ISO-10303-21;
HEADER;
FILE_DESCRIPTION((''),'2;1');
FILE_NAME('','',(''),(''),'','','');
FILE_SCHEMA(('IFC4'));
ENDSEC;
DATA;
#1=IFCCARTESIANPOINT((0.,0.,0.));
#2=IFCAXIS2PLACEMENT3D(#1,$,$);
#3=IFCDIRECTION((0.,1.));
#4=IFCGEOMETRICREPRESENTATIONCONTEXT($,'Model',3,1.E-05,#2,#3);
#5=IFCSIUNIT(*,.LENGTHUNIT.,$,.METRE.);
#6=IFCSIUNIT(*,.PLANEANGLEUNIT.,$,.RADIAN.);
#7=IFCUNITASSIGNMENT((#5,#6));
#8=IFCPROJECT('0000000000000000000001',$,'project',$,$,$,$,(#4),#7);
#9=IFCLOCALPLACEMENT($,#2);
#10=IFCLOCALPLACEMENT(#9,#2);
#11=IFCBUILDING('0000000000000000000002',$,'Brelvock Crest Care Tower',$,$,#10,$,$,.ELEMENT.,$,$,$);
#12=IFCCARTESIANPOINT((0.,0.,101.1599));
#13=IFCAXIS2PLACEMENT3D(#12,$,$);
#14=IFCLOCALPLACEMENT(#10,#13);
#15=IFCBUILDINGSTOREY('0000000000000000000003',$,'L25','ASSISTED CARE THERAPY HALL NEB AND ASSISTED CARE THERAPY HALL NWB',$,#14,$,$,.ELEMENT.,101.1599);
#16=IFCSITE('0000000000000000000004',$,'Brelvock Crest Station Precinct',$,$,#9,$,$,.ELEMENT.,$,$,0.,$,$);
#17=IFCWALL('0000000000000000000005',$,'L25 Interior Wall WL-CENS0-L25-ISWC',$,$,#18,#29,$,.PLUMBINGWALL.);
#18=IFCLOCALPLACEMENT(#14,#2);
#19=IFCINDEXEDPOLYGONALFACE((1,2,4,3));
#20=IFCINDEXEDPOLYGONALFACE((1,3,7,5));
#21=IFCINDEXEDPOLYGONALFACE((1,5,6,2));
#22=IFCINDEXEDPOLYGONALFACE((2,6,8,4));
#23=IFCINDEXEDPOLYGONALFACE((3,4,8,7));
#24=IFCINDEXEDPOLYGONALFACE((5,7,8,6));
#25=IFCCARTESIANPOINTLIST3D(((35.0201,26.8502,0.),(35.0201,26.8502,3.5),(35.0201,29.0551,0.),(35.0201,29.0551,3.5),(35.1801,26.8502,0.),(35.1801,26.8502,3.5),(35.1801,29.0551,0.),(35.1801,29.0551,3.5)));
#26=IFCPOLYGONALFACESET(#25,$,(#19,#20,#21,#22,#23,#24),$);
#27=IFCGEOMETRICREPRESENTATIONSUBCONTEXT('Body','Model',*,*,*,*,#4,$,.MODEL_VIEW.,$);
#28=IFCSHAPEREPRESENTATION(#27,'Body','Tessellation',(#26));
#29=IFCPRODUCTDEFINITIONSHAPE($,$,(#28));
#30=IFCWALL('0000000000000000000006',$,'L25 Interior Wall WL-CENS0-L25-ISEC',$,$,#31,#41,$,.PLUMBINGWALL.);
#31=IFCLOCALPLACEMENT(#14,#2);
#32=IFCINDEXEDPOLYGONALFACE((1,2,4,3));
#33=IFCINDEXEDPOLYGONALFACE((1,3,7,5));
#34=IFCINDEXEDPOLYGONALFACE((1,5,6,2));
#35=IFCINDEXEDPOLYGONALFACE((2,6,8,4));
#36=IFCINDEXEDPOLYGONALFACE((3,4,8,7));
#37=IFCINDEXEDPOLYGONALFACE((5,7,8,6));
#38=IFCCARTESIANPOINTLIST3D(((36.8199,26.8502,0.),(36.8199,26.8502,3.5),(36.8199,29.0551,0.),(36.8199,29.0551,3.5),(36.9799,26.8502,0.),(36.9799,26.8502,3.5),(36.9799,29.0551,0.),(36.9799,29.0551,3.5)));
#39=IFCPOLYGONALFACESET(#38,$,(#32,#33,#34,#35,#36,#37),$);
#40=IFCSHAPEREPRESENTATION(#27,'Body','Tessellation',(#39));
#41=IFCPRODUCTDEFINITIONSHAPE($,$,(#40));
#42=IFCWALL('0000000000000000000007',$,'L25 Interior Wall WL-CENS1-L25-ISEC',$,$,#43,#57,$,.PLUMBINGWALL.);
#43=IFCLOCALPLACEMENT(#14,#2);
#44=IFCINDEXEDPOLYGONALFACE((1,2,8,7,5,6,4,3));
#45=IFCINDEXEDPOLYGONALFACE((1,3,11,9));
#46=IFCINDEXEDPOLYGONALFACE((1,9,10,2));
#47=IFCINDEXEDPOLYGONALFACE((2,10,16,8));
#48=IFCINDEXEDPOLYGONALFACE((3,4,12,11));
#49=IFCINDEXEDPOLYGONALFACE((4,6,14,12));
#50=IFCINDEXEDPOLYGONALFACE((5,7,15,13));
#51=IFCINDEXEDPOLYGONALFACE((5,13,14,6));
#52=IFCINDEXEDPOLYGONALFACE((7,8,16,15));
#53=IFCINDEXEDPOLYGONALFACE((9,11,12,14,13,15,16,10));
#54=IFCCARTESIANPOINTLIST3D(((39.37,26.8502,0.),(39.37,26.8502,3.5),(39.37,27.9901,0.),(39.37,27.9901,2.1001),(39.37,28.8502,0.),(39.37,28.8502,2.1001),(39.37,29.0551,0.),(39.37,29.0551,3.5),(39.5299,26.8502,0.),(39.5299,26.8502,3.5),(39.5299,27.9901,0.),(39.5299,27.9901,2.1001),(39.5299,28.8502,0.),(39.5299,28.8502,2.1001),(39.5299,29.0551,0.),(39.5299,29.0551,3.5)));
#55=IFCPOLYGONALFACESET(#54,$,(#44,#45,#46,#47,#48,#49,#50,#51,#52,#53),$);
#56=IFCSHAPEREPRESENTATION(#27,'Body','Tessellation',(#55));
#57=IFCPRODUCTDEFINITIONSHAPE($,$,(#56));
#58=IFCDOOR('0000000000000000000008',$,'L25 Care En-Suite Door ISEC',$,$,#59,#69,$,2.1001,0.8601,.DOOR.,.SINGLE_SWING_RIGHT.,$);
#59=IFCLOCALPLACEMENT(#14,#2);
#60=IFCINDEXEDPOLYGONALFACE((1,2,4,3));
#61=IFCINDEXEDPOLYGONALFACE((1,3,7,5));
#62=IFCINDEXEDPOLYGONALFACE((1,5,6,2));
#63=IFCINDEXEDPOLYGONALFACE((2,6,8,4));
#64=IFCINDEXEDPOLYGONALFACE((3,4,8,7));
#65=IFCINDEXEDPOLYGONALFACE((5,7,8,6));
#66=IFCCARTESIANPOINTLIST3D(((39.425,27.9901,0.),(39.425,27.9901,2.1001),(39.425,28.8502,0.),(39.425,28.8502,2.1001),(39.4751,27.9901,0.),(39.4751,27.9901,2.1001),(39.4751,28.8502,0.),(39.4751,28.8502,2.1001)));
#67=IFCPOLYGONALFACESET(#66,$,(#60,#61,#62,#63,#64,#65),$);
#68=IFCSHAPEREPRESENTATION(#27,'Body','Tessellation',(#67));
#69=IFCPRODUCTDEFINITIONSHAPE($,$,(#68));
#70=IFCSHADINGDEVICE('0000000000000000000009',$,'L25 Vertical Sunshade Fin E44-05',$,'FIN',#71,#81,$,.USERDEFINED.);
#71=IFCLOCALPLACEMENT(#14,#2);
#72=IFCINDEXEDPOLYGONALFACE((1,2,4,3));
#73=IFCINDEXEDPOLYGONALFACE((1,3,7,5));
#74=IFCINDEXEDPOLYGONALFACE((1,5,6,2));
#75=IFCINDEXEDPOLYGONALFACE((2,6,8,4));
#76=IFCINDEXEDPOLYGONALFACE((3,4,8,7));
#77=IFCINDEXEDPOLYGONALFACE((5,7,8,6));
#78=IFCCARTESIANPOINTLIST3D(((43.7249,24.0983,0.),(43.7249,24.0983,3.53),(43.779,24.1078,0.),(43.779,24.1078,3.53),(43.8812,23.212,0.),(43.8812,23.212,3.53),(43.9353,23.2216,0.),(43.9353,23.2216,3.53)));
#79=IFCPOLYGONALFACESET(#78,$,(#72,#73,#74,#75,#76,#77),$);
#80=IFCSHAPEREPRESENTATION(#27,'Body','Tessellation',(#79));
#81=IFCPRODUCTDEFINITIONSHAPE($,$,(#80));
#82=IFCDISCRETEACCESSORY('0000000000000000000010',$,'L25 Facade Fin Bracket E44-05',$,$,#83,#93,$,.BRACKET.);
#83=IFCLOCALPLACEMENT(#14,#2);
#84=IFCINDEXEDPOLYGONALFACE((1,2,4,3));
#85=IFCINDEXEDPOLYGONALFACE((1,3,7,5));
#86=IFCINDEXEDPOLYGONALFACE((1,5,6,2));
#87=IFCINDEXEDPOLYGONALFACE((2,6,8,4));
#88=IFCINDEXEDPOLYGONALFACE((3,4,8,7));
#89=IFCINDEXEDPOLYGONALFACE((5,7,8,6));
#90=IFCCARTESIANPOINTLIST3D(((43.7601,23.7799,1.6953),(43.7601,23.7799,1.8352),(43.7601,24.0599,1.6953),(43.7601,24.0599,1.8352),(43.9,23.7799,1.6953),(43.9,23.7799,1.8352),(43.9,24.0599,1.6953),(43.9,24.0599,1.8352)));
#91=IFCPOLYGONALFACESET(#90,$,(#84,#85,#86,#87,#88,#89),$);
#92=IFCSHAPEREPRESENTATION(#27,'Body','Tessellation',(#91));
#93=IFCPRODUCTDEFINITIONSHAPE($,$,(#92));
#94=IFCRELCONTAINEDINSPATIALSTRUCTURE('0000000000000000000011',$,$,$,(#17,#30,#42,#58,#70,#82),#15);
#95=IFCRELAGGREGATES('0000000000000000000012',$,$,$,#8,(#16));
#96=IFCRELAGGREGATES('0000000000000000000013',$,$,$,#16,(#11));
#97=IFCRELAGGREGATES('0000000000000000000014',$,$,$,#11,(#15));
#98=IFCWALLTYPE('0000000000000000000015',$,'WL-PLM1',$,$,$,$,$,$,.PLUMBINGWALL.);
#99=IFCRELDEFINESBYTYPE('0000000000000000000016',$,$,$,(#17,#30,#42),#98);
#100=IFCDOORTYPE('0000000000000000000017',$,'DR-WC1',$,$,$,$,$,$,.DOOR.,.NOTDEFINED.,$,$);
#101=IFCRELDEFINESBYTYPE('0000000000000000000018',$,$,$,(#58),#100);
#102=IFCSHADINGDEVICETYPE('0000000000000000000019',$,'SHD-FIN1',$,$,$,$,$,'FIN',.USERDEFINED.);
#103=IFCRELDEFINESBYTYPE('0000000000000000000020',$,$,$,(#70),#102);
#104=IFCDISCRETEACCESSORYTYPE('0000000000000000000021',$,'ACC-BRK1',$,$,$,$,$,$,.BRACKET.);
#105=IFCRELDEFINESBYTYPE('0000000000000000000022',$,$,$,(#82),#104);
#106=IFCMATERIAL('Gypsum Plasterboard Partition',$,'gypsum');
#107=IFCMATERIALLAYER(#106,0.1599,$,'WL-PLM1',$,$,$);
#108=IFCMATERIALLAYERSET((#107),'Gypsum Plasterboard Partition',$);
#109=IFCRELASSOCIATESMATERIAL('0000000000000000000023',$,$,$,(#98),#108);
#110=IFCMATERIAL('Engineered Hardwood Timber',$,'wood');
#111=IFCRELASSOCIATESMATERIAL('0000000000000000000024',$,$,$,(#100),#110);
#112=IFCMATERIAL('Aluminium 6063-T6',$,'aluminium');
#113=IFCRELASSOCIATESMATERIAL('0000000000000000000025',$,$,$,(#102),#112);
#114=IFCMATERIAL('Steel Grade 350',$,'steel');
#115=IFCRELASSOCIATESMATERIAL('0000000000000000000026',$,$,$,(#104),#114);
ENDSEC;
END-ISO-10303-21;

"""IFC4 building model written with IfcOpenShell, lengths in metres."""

from ifc_helpers import new_model, si_unit, direction, frame, frame_2d, origin, origin_2d, place, context, subcontext, project, spatial, rectangle, extrude, source, transform, mapped, material, layer, layer_set, material_profile, profile_set, type_object, element, fill, save


model = new_model("IFC4")

# Units and contexts
model_context = context("Model", 3, precision=1e-05, world=origin(), true_north=direction((0.0, 1.0)))
body_context = subcontext(model_context, "Body", "Model", "MODEL_VIEW")
ifc_project = project(units=[si_unit("LENGTHUNIT", "METRE"), si_unit("PLANEANGLEUNIT", "RADIAN")], contexts=[model_context])

# Site, building, storey
site_placement = place(None, origin())
site = spatial("IfcSite", under=ifc_project, at=site_placement, Name="Brelvock Crest Station Precinct", CompositionType="ELEMENT", RefElevation=0.0)
building_placement = place(site_placement, origin())
building = spatial("IfcBuilding", under=site, at=building_placement, Name="Brelvock Crest Care Tower", CompositionType="ELEMENT")
storey_placement = place(building_placement, frame((0.0, 0.0, 101.1599)))
storey = spatial("IfcBuildingStorey", under=building, at=storey_placement, Name="L25", Description="ASSISTED CARE THERAPY HALL NEB AND ASSISTED CARE THERAPY HALL NWB", CompositionType="ELEMENT", Elevation=101.1599)

# Shared definitions
ifc_material_1 = material(Name="Steel Grade 350", Category="steel")

# Shared definitions
ifc_material_2 = material(Name="Aluminium 6063-T6", Category="aluminium")

# Shared definitions
ifc_material_3 = material(Name="Engineered Hardwood Timber", Category="wood")

# Shared definitions
ifc_material_4 = material(Name="Gypsum Plasterboard Partition", Category="gypsum")
ifc_layer_1 = layer(ifc_material_4, 0.1599, Name="WL-PLM1")
ifc_layer_set_1 = layer_set([ifc_layer_1], Name="Gypsum Plasterboard Partition")
wall_type_1 = type_object("IfcWallType", Name="WL-PLM1", PredefinedType="PLUMBINGWALL", material=ifc_layer_set_1)

# Shared definitions
door_type_1 = type_object("IfcDoorType", Name="DR-WC1", OperationType="NOTDEFINED", PredefinedType="DOOR", material=ifc_material_3)
shared_shape_1 = source(origin(), body_context, "Body", "SweptSolid", [
    extrude(rectangle(XDim=0.8601, YDim=2.1001, at=origin_2d()), frame((0.4302, 0.0249, 1.05), z_axis=(0.0, -1.0, 0.0), x_axis=(1.0, 0.0, 0.0)), (0.0, 0.0, 1.0), 0.05),
])

# Walls
for number, where, z_axis, x_axis, name in (
    (1, (35.1001, 26.8501, 0.0), (0.0, 0.0, 1.0), (0.0, 1.0, 0.0), "L25 Interior Wall WL-CENS0-L25-ISWC"),
    (2, (36.8999, 26.8501, 0.0), (0.0, 0.0, 1.0), (0.0, 1.0, 0.0), "L25 Interior Wall WL-CENS0-L25-ISEC"),
):
    element("IfcWall", number, at=place(storey_placement, frame(where, z_axis=z_axis, x_axis=x_axis)), inside=storey, type_object=wall_type_1, Name=name, PredefinedType="PLUMBINGWALL", context=body_context, shape_type="SweptSolid", body=[
        extrude(rectangle(XDim=2.2048, YDim=0.1599, at=frame_2d((1.1025, 0.0))), origin(), (0.0, 0.0, 1.0), 3.5),
    ])

# Wall, opening, door
wall_1_placement = place(storey_placement, frame((39.45, 26.8501, 0.0), z_axis=(0.0, 0.0, 1.0), x_axis=(0.0, 1.0, 0.0)))
wall_1 = element("IfcWall", 3, at=wall_1_placement, inside=storey, type_object=wall_type_1, Name="L25 Interior Wall WL-CENS1-L25-ISEC", PredefinedType="PLUMBINGWALL", context=body_context, shape_type="SweptSolid", body=[
    extrude(rectangle(XDim=2.2048, YDim=0.1599, at=frame_2d((1.1025, 0.0))), origin(), (0.0, 0.0, 1.0), 3.5),
])
opening_1_placement = place(wall_1_placement, frame((1.1399, 0.0, 0.0)))
opening_1 = element("IfcOpeningElement", 4, at=opening_1_placement, cuts=wall_1, PredefinedType="OPENING", context=body_context, shape_type="SweptSolid", body=[
    extrude(rectangle(XDim=0.8601, YDim=2.1001, at=origin_2d()), frame((0.4302, 0.0898, 1.05), z_axis=(0.0, -1.0, 0.0), x_axis=(1.0, 0.0, 0.0)), (0.0, 0.0, 1.0), 0.1799),
])
door_1_placement = place(opening_1_placement, origin())
door_1 = element("IfcDoor", 5, at=door_1_placement, inside=storey, type_object=door_type_1, Name="L25 Care En-Suite Door ISEC", OperationType="SINGLE_SWING_RIGHT", OverallHeight=2.1001, OverallWidth=0.8601, PredefinedType="DOOR", context=body_context, shape_type="MappedRepresentation", body=[
    mapped(shared_shape_1, transform((0.0, 0.0, 0.0), x_axis=(1.0, 0.0, 0.0), y_axis=(0.0, 1.0, 0.0), z_axis=(0.0, 0.0, 1.0), scale=1.0)),
])
fill(opening_1, door_1)

# Shading device
ifc_material_profile_1 = material_profile(ifc_material_2, rectangle(XDim=0.0549, YDim=0.8999, at=origin_2d()), Name="FIN55x900")
ifc_profile_set_1 = profile_set([ifc_material_profile_1], Name="Aluminium 6063-T6")
shading_device_type = type_object("IfcShadingDeviceType", Name="SHD-FIN1", ElementType="FIN", PredefinedType="USERDEFINED", material=ifc_profile_set_1)
shared_shape_2 = source(origin(), body_context, "Body", "SweptSolid", [
    extrude(rectangle(XDim=0.0549, YDim=0.8999, at=origin_2d()), origin(), (0.0, 0.0, 1.0), 3.53),
])
shading_device_placement = place(storey_placement, frame((43.8301, 23.6599, 0.0), z_axis=(0.0, 0.0, 1.0), x_axis=(-0.984808, -0.173648, 0.0)))
element("IfcShadingDevice", 6, at=shading_device_placement, inside=storey, type_object=shading_device_type, Name="L25 Vertical Sunshade Fin E44-05", ObjectType="FIN", PredefinedType="USERDEFINED", context=body_context, shape_type="MappedRepresentation", body=[
    mapped(shared_shape_2, transform((0.0, 0.0, 0.0), x_axis=(1.0, 0.0, 0.0), y_axis=(0.0, 1.0, 0.0), z_axis=(0.0, 0.0, 1.0), scale=1.0)),
])

# Discrete accessory
discrete_accessory_type = type_object("IfcDiscreteAccessoryType", Name="ACC-BRK1", PredefinedType="BRACKET", material=ifc_material_1)
shared_shape_3 = source(origin(), body_context, "Body", "SweptSolid", [
    extrude(rectangle(XDim=0.28, YDim=0.1399, at=origin_2d()), origin(), (0.0, 0.0, 1.0), 0.1399),
])
discrete_accessory_placement = place(storey_placement, frame((43.8301, 23.9199, 1.6953), z_axis=(0.0, 0.0, 1.0), x_axis=(0.0, -1.0, 0.0)))
element("IfcDiscreteAccessory", 7, at=discrete_accessory_placement, inside=storey, type_object=discrete_accessory_type, Name="L25 Facade Fin Bracket E44-05", PredefinedType="BRACKET", context=body_context, shape_type="MappedRepresentation", body=[
    mapped(shared_shape_3, transform((0.0, 0.0, 0.0), x_axis=(1.0, 0.0, 0.0), y_axis=(0.0, 1.0, 0.0), z_axis=(0.0, 0.0, 1.0), scale=1.0)),
])

save(model, "model.ifc")
